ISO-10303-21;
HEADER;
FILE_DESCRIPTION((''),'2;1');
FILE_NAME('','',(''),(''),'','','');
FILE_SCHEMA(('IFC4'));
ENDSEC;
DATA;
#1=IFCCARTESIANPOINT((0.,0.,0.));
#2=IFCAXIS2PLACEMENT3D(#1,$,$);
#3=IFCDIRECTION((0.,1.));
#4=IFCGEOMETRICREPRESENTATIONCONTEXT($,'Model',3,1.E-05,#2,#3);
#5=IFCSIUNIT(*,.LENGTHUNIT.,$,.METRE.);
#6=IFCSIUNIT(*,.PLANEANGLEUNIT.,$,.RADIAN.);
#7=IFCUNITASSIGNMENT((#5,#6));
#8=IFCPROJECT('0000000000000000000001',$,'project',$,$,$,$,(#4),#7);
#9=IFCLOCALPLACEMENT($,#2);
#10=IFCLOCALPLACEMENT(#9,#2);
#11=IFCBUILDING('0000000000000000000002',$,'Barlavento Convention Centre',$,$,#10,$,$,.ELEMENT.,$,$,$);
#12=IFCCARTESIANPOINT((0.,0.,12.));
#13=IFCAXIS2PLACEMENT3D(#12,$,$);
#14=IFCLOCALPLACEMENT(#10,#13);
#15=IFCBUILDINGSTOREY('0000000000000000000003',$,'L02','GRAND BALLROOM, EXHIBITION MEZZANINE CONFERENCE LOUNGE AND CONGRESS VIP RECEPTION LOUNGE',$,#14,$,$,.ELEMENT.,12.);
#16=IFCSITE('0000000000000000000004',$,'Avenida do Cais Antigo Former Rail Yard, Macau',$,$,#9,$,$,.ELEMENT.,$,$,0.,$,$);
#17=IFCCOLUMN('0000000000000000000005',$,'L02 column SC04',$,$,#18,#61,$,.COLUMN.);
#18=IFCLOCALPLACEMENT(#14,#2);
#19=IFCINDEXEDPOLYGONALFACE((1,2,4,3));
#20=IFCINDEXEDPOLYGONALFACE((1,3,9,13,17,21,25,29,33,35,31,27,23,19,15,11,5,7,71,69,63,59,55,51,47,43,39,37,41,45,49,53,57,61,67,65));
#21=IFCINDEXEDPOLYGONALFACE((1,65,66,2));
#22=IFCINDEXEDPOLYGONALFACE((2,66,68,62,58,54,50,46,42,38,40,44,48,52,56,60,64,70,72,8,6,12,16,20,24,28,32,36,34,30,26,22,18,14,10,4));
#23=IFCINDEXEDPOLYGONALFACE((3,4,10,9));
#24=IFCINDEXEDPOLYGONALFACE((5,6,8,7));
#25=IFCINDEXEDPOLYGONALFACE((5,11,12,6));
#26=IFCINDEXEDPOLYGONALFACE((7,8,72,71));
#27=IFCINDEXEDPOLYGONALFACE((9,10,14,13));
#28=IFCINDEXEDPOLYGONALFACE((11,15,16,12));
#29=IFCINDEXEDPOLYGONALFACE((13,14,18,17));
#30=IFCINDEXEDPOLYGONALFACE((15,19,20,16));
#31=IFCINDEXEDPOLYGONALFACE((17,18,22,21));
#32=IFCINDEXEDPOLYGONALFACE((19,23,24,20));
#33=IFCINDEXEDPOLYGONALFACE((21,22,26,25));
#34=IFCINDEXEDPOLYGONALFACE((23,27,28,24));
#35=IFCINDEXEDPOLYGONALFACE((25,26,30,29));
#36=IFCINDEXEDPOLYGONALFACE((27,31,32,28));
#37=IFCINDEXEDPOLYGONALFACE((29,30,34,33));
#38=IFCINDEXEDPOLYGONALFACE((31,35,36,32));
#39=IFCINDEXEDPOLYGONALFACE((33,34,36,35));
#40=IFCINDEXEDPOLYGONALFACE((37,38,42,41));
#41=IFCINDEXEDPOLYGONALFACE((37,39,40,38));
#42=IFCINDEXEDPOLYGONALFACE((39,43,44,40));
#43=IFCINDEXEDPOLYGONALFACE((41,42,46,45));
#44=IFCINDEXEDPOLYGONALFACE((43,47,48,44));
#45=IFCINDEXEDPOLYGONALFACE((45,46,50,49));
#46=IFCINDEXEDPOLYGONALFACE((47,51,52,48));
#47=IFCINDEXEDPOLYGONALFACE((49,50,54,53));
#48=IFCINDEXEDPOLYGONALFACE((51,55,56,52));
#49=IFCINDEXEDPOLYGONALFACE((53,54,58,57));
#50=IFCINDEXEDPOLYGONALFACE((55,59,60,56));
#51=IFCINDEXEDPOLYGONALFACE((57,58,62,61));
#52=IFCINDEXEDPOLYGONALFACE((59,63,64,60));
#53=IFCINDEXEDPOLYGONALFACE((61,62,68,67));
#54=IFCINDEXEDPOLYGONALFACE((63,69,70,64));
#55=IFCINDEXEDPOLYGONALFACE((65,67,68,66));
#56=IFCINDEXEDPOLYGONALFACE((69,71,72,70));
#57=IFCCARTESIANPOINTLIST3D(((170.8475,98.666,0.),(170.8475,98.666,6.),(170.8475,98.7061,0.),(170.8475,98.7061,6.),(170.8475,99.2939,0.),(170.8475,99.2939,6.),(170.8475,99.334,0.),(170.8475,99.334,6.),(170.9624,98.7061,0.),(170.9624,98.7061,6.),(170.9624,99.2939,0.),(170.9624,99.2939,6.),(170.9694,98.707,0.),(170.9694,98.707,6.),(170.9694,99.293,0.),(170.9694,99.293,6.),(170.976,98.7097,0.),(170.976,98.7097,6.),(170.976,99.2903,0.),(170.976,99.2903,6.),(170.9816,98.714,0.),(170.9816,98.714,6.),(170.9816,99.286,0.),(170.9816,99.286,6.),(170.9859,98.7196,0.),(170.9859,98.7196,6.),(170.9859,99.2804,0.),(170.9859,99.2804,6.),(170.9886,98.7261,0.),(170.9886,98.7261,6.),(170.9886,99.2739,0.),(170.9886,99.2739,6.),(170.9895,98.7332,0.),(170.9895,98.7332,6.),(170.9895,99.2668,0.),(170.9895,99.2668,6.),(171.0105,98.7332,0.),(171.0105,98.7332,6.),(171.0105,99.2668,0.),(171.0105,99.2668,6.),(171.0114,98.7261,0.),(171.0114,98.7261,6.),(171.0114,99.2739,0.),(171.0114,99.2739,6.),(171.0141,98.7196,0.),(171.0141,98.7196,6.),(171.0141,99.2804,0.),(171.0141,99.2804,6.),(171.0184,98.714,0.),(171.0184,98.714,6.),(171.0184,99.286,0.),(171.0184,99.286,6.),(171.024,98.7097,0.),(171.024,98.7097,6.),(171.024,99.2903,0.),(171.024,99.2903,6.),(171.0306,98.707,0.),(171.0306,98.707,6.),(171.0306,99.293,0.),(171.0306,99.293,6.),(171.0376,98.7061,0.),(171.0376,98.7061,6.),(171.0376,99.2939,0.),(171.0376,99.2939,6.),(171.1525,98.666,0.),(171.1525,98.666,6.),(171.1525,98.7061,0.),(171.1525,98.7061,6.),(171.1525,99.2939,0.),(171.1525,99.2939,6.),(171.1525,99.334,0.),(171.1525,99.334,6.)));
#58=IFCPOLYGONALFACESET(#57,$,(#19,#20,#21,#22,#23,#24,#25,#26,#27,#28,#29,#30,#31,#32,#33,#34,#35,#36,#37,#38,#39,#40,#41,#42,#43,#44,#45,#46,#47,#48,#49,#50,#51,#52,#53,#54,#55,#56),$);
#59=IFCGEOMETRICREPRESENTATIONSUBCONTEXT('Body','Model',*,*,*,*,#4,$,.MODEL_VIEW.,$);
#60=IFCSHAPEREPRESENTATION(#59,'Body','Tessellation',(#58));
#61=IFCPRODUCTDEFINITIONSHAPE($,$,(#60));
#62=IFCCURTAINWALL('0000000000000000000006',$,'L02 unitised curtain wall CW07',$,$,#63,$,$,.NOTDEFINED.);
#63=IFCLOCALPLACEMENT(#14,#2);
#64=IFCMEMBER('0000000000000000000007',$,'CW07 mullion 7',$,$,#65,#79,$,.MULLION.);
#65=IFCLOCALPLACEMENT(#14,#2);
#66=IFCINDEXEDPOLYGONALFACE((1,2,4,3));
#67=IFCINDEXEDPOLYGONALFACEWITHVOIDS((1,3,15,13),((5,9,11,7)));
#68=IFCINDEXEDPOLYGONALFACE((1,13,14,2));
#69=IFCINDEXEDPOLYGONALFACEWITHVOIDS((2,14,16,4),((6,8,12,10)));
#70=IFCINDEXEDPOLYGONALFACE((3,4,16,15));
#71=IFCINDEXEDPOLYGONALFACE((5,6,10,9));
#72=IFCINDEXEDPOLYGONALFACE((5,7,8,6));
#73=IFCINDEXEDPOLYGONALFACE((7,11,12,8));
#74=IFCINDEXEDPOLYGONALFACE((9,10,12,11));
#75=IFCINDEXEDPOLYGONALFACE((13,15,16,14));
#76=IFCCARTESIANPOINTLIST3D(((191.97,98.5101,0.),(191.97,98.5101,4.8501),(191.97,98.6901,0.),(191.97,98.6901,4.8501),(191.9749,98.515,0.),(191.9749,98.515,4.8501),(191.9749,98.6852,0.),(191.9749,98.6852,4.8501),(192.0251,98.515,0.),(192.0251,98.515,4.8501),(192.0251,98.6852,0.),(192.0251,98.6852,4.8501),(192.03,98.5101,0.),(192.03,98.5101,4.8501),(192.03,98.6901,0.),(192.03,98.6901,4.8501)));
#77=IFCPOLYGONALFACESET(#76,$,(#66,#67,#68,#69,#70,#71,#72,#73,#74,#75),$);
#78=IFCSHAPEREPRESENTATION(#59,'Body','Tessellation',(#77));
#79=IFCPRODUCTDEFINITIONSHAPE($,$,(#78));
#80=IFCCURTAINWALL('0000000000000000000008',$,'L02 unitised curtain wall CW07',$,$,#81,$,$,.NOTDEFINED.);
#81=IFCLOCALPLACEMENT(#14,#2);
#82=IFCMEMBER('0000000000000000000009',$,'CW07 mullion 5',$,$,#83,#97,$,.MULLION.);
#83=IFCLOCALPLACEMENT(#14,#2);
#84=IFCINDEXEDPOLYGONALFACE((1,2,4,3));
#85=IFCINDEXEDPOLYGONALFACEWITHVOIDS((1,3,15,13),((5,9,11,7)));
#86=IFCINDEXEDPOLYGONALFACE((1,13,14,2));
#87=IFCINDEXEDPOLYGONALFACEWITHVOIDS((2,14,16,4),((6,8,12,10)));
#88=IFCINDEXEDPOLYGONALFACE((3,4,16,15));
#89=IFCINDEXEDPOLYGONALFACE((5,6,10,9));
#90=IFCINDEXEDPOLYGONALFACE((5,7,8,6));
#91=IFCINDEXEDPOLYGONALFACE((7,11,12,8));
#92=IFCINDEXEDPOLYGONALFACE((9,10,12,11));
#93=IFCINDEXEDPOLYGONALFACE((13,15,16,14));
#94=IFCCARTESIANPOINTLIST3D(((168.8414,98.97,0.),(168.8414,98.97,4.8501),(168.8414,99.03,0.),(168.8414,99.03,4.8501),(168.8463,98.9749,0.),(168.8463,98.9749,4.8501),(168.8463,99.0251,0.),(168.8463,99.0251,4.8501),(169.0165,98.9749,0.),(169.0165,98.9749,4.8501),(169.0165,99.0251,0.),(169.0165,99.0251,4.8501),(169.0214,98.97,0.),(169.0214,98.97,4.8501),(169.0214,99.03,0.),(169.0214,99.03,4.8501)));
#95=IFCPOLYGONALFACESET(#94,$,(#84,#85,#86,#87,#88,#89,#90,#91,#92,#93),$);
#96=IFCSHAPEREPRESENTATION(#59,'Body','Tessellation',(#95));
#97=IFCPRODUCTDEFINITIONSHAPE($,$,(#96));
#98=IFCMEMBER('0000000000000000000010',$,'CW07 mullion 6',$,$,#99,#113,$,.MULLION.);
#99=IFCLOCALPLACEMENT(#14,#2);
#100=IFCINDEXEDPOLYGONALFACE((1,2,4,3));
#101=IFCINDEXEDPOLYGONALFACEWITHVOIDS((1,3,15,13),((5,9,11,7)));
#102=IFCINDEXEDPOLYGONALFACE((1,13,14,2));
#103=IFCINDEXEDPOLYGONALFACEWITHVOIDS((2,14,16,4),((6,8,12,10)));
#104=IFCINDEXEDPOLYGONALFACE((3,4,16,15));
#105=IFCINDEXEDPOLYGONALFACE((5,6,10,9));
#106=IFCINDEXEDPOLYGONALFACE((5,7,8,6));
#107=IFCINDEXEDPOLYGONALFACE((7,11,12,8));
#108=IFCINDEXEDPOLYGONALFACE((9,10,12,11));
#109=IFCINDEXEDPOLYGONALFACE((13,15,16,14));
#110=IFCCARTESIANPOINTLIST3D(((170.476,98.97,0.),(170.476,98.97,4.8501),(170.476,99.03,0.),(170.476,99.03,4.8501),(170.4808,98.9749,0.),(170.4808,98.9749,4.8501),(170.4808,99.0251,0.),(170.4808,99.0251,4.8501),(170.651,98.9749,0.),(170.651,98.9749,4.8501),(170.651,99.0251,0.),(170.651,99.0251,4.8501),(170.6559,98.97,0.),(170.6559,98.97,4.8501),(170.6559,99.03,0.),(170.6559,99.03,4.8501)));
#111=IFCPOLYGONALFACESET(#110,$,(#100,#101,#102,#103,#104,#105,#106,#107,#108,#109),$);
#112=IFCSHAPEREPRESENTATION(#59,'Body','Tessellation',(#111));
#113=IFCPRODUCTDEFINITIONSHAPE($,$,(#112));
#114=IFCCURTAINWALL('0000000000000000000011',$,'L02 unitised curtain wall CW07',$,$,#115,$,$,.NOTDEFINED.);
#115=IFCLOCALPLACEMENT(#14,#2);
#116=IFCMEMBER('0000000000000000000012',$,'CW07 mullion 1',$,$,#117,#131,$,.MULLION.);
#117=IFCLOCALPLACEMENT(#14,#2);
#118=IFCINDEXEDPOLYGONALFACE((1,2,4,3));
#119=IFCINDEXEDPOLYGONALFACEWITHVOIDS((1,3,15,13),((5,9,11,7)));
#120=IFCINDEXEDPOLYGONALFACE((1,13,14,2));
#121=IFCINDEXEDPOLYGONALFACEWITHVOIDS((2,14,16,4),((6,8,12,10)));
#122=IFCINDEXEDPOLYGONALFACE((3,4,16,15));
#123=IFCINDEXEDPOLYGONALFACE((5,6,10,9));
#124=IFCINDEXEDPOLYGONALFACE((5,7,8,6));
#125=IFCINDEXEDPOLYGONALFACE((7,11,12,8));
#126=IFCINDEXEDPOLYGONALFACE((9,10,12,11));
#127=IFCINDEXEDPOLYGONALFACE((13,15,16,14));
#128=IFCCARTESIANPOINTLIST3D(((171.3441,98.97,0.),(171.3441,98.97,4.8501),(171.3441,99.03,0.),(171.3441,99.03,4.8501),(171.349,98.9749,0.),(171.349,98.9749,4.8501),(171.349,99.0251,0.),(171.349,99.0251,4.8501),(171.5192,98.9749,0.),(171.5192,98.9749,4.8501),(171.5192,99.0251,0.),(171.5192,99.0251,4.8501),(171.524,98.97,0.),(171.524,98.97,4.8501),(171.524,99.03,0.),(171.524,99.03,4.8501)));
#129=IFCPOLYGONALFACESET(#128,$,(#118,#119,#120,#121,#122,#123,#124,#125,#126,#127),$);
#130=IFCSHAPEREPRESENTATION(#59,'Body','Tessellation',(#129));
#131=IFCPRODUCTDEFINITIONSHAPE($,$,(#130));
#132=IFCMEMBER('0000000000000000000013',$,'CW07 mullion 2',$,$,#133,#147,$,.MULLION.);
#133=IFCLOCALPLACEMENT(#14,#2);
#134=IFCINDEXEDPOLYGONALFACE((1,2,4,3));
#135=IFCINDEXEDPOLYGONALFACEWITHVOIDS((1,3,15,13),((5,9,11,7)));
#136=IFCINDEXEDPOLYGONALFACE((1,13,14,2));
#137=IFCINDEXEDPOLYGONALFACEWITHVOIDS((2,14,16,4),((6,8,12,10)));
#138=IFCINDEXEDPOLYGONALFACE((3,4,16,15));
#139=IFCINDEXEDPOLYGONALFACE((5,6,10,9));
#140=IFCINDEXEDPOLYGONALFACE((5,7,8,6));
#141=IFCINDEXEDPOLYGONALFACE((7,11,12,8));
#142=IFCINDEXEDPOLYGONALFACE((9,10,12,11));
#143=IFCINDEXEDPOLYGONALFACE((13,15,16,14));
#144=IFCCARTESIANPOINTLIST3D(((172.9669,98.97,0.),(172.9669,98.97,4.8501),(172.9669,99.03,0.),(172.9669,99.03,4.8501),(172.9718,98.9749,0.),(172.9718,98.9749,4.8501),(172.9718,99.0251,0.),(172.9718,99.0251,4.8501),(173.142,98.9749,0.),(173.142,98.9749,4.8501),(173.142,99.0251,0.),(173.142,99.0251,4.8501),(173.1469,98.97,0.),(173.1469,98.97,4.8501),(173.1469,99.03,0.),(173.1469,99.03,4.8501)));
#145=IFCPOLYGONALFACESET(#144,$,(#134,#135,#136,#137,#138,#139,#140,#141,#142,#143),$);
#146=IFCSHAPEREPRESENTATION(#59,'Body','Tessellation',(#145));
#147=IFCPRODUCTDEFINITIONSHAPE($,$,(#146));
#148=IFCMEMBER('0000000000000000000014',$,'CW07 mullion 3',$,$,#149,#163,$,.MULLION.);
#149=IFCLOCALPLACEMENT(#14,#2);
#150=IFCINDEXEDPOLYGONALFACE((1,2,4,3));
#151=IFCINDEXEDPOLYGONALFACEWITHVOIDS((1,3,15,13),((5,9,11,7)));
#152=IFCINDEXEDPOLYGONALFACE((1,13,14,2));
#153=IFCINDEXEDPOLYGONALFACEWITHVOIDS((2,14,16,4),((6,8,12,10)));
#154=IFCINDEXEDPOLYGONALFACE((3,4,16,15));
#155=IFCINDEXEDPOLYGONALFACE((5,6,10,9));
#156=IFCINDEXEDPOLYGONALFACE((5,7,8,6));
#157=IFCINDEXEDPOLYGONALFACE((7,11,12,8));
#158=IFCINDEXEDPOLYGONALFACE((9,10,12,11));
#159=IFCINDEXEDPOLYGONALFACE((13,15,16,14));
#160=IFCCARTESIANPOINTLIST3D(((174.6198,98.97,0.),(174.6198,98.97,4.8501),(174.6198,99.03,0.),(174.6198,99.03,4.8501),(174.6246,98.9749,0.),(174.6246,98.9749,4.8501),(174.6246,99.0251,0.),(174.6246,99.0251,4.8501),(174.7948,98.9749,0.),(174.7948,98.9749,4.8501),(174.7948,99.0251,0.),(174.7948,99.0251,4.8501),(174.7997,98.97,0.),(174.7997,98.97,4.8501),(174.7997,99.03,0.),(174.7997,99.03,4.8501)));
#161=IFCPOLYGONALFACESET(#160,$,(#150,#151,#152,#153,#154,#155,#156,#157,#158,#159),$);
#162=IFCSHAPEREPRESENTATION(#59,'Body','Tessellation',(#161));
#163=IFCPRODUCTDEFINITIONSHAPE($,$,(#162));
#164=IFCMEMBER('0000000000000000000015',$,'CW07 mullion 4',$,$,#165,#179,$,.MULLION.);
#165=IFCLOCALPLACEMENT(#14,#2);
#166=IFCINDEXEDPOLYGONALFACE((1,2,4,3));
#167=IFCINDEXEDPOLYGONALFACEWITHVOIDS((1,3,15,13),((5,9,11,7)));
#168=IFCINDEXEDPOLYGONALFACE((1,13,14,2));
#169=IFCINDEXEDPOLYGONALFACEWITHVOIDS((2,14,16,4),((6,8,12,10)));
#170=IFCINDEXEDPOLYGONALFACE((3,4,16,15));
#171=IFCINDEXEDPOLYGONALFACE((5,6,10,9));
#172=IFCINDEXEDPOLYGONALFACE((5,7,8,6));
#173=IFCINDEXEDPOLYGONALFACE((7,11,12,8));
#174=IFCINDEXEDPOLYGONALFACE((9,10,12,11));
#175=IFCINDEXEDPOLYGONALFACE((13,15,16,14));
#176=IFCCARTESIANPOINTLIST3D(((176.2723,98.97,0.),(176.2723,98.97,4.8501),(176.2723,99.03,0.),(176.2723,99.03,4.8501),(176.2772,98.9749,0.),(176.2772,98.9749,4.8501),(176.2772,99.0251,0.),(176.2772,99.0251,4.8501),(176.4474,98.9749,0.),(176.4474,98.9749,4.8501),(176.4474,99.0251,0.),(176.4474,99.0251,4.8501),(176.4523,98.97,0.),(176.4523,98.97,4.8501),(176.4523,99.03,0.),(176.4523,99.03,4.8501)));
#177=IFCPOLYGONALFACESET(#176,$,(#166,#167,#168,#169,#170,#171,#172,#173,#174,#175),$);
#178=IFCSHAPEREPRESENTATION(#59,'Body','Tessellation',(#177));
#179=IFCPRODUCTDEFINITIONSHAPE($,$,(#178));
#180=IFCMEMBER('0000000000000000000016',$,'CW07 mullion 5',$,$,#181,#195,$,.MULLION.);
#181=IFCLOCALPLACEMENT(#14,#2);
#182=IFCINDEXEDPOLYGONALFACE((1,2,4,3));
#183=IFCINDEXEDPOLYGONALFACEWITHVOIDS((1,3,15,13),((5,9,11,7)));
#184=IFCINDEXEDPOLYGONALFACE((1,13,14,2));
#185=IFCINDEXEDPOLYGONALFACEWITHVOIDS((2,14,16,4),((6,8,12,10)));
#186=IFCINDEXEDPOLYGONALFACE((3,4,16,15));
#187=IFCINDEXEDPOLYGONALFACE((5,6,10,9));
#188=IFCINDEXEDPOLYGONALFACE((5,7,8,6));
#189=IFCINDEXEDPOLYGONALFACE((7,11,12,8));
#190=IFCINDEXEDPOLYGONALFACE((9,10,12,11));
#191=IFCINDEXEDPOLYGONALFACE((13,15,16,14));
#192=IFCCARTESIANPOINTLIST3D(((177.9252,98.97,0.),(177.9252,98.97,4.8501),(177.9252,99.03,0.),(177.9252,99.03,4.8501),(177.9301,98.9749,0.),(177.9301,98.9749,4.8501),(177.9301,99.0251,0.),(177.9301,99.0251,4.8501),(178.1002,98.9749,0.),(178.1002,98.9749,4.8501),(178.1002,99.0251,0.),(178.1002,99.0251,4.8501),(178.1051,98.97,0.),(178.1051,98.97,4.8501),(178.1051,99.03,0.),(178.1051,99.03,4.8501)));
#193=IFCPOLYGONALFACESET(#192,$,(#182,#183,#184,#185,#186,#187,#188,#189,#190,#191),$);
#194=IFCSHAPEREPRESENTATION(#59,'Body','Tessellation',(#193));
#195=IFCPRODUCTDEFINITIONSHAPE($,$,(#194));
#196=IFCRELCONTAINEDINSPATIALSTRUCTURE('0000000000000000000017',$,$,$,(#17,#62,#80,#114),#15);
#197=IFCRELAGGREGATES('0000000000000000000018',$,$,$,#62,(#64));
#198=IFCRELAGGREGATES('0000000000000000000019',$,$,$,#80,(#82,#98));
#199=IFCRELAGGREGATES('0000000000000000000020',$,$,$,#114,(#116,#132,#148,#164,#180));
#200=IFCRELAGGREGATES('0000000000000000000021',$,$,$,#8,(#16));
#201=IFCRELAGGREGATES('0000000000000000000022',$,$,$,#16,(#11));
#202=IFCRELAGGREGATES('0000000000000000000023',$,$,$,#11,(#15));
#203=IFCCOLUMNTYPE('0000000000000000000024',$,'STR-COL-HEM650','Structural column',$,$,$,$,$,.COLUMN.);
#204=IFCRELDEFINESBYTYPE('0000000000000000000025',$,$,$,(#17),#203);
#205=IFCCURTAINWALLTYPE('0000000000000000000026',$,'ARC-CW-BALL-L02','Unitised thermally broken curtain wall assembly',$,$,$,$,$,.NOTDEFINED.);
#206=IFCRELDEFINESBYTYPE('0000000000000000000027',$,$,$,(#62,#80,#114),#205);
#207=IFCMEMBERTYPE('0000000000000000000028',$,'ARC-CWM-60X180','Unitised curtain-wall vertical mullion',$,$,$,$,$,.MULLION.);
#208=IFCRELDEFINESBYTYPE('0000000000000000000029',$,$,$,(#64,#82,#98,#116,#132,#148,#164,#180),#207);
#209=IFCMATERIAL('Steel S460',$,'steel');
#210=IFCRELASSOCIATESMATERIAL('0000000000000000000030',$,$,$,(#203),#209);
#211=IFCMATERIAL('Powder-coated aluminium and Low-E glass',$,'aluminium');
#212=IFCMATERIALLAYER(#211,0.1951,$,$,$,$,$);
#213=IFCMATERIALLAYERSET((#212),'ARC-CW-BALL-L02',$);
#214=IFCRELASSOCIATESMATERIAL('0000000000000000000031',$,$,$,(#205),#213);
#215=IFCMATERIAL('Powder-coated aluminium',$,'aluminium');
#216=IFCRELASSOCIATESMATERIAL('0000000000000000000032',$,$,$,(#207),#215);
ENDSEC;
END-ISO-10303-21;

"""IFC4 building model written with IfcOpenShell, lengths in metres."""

from ifc_helpers import new_model, si_unit, direction, frame, origin, origin_2d, place, context, subcontext, project, spatial, hollow_rectangle, i_section, extrude, material, layer, layer_set, material_profile, profile_set, type_object, element, aggregate, save


model = new_model("IFC4")

# Units and contexts
model_context = context("Model", 3, precision=1e-05, world=origin(), true_north=direction((0.0, 1.0)))
body_context = subcontext(model_context, "Body", "Model", "MODEL_VIEW")
ifc_project = project(units=[si_unit("LENGTHUNIT", "METRE"), si_unit("PLANEANGLEUNIT", "RADIAN")], contexts=[model_context])

# Site, building, storey
site_placement = place(None, origin())
site = spatial("IfcSite", under=ifc_project, at=site_placement, Name="Avenida do Cais Antigo Former Rail Yard, Macau", CompositionType="ELEMENT", RefElevation=0.0)
building_placement = place(site_placement, origin())
building = spatial("IfcBuilding", under=site, at=building_placement, Name="Barlavento Convention Centre", CompositionType="ELEMENT")
storey_placement = place(building_placement, frame((0.0, 0.0, 12.0)))
storey = spatial("IfcBuildingStorey", under=building, at=storey_placement, Name="L02", Description="GRAND BALLROOM, EXHIBITION MEZZANINE CONFERENCE LOUNGE AND CONGRESS VIP RECEPTION LOUNGE", CompositionType="ELEMENT", Elevation=12.0)

# Column
ifc_material_1 = material(Name="Steel S460", Category="steel")
ifc_material_profile_1 = material_profile(ifc_material_1, i_section(OverallWidth=0.3049, OverallDepth=0.668, WebThickness=0.021, FlangeThickness=0.04, FilletRadius=0.0271, at=origin_2d()), Name="HEM 650")
ifc_profile_set_1 = profile_set([ifc_material_profile_1], Name="Steel S460")
column_type = type_object("IfcColumnType", Name="STR-COL-HEM650", Description="Structural column", PredefinedType="COLUMN", material=ifc_profile_set_1)
column_placement = place(storey_placement, frame((171.0, 99.0, 0.0), z_axis=(0.0, 0.0, 1.0), x_axis=(1.0, 0.0, 0.0)))
element("IfcColumn", 1, at=column_placement, inside=storey, type_object=column_type, Name="L02 column SC04", PredefinedType="COLUMN", context=body_context, shape_type="SweptSolid", body=[
    extrude(i_section(OverallWidth=0.3049, OverallDepth=0.668, WebThickness=0.021, FlangeThickness=0.04, FilletRadius=0.0271, at=origin_2d()), origin(), (0.0, 0.0, 1.0), 6.0),
])

# Curtain wall, member
ifc_material_2 = material(Name="Powder-coated aluminium and Low-E glass", Category="aluminium")
ifc_layer_1 = layer(ifc_material_2, 0.1951)
ifc_layer_set_1 = layer_set([ifc_layer_1], Name="ARC-CW-BALL-L02")
curtain_wall_type = type_object("IfcCurtainWallType", Name="ARC-CW-BALL-L02", Description="Unitised thermally broken curtain wall assembly", PredefinedType="NOTDEFINED", material=ifc_layer_set_1)
curtain_wall_1_placement = place(storey_placement, origin())
curtain_wall_1 = element("IfcCurtainWall", 2, at=curtain_wall_1_placement, inside=storey, type_object=curtain_wall_type, Name="L02 unitised curtain wall CW07", PredefinedType="NOTDEFINED")
ifc_material_3 = material(Name="Powder-coated aluminium", Category="aluminium")
ifc_material_profile_2 = material_profile(ifc_material_3, hollow_rectangle(XDim=0.0601, YDim=0.1799, WallThickness=0.0049, at=origin_2d()), Name="AL-MULL 60x180x5")
ifc_profile_set_2 = profile_set([ifc_material_profile_2], Name="Powder-coated aluminium")
member_type_1 = type_object("IfcMemberType", Name="ARC-CWM-60X180", Description="Unitised curtain-wall vertical mullion", PredefinedType="MULLION", material=ifc_profile_set_2)
member_1_placement = place(storey_placement, frame((192.0, 98.6001, 0.0), z_axis=(0.0, 0.0, 1.0), x_axis=(-1.0, 0.0, 0.0)))
member_1 = element("IfcMember", 3, at=member_1_placement, type_object=member_type_1, Name="CW07 mullion 7", PredefinedType="MULLION", context=body_context, shape_type="SweptSolid", body=[
    extrude(hollow_rectangle(XDim=0.0601, YDim=0.1799, WallThickness=0.0049, at=origin_2d()), origin(), (0.0, 0.0, 1.0), 4.8501),
])
aggregate(curtain_wall_1, [member_1])

# Curtain walls, members
curtain_wall_2_placement = place(storey_placement, origin())
curtain_wall_2 = element("IfcCurtainWall", 4, at=curtain_wall_2_placement, inside=storey, type_object=curtain_wall_type, Name="L02 unitised curtain wall CW07", PredefinedType="NOTDEFINED")
member_2_placement = place(storey_placement, frame((168.9314, 99.0, 0.0), z_axis=(0.0, 0.0, 1.0), x_axis=(0.0, 1.0, 0.0)))
member_2 = element("IfcMember", 5, at=member_2_placement, type_object=member_type_1, Name="CW07 mullion 5", PredefinedType="MULLION", context=body_context, shape_type="SweptSolid", body=[
    extrude(hollow_rectangle(XDim=0.0601, YDim=0.1799, WallThickness=0.0049, at=origin_2d()), origin(), (0.0, 0.0, 1.0), 4.8501),
])
member_3_placement = place(storey_placement, frame((170.5659, 99.0, 0.0), z_axis=(0.0, 0.0, 1.0), x_axis=(0.0, 1.0, 0.0)))
member_3 = element("IfcMember", 6, at=member_3_placement, type_object=member_type_1, Name="CW07 mullion 6", PredefinedType="MULLION", context=body_context, shape_type="SweptSolid", body=[
    extrude(hollow_rectangle(XDim=0.0601, YDim=0.1799, WallThickness=0.0049, at=origin_2d()), origin(), (0.0, 0.0, 1.0), 4.8501),
])
curtain_wall_3_placement = place(storey_placement, origin())
curtain_wall_3 = element("IfcCurtainWall", 7, at=curtain_wall_3_placement, inside=storey, type_object=curtain_wall_type, Name="L02 unitised curtain wall CW07", PredefinedType="NOTDEFINED")
member_4_placement = place(storey_placement, frame((171.4341, 99.0, 0.0), z_axis=(0.0, 0.0, 1.0), x_axis=(0.0, 1.0, 0.0)))
member_4 = element("IfcMember", 8, at=member_4_placement, type_object=member_type_1, Name="CW07 mullion 1", PredefinedType="MULLION", context=body_context, shape_type="SweptSolid", body=[
    extrude(hollow_rectangle(XDim=0.0601, YDim=0.1799, WallThickness=0.0049, at=origin_2d()), origin(), (0.0, 0.0, 1.0), 4.8501),
])
member_5_placement = place(storey_placement, frame((173.0569, 99.0, 0.0), z_axis=(0.0, 0.0, 1.0), x_axis=(0.0, 1.0, 0.0)))
member_5 = element("IfcMember", 9, at=member_5_placement, type_object=member_type_1, Name="CW07 mullion 2", PredefinedType="MULLION", context=body_context, shape_type="SweptSolid", body=[
    extrude(hollow_rectangle(XDim=0.0601, YDim=0.1799, WallThickness=0.0049, at=origin_2d()), origin(), (0.0, 0.0, 1.0), 4.8501),
])
member_6_placement = place(storey_placement, frame((174.7097, 99.0, 0.0), z_axis=(0.0, 0.0, 1.0), x_axis=(0.0, 1.0, 0.0)))
member_6 = element("IfcMember", 10, at=member_6_placement, type_object=member_type_1, Name="CW07 mullion 3", PredefinedType="MULLION", context=body_context, shape_type="SweptSolid", body=[
    extrude(hollow_rectangle(XDim=0.0601, YDim=0.1799, WallThickness=0.0049, at=origin_2d()), origin(), (0.0, 0.0, 1.0), 4.8501),
])
member_7_placement = place(storey_placement, frame((176.3623, 99.0, 0.0), z_axis=(0.0, 0.0, 1.0), x_axis=(0.0, 1.0, 0.0)))
member_7 = element("IfcMember", 11, at=member_7_placement, type_object=member_type_1, Name="CW07 mullion 4", PredefinedType="MULLION", context=body_context, shape_type="SweptSolid", body=[
    extrude(hollow_rectangle(XDim=0.0601, YDim=0.1799, WallThickness=0.0049, at=origin_2d()), origin(), (0.0, 0.0, 1.0), 4.8501),
])
member_8_placement = place(storey_placement, frame((178.0151, 99.0, 0.0), z_axis=(0.0, 0.0, 1.0), x_axis=(0.0, 1.0, 0.0)))
member_8 = element("IfcMember", 12, at=member_8_placement, type_object=member_type_1, Name="CW07 mullion 5", PredefinedType="MULLION", context=body_context, shape_type="SweptSolid", body=[
    extrude(hollow_rectangle(XDim=0.0601, YDim=0.1799, WallThickness=0.0049, at=origin_2d()), origin(), (0.0, 0.0, 1.0), 4.8501),
])

aggregate(curtain_wall_2, [member_2, member_3])
aggregate(curtain_wall_3, [member_4, member_5, member_6, member_7, member_8])

save(model, "model.ifc")
